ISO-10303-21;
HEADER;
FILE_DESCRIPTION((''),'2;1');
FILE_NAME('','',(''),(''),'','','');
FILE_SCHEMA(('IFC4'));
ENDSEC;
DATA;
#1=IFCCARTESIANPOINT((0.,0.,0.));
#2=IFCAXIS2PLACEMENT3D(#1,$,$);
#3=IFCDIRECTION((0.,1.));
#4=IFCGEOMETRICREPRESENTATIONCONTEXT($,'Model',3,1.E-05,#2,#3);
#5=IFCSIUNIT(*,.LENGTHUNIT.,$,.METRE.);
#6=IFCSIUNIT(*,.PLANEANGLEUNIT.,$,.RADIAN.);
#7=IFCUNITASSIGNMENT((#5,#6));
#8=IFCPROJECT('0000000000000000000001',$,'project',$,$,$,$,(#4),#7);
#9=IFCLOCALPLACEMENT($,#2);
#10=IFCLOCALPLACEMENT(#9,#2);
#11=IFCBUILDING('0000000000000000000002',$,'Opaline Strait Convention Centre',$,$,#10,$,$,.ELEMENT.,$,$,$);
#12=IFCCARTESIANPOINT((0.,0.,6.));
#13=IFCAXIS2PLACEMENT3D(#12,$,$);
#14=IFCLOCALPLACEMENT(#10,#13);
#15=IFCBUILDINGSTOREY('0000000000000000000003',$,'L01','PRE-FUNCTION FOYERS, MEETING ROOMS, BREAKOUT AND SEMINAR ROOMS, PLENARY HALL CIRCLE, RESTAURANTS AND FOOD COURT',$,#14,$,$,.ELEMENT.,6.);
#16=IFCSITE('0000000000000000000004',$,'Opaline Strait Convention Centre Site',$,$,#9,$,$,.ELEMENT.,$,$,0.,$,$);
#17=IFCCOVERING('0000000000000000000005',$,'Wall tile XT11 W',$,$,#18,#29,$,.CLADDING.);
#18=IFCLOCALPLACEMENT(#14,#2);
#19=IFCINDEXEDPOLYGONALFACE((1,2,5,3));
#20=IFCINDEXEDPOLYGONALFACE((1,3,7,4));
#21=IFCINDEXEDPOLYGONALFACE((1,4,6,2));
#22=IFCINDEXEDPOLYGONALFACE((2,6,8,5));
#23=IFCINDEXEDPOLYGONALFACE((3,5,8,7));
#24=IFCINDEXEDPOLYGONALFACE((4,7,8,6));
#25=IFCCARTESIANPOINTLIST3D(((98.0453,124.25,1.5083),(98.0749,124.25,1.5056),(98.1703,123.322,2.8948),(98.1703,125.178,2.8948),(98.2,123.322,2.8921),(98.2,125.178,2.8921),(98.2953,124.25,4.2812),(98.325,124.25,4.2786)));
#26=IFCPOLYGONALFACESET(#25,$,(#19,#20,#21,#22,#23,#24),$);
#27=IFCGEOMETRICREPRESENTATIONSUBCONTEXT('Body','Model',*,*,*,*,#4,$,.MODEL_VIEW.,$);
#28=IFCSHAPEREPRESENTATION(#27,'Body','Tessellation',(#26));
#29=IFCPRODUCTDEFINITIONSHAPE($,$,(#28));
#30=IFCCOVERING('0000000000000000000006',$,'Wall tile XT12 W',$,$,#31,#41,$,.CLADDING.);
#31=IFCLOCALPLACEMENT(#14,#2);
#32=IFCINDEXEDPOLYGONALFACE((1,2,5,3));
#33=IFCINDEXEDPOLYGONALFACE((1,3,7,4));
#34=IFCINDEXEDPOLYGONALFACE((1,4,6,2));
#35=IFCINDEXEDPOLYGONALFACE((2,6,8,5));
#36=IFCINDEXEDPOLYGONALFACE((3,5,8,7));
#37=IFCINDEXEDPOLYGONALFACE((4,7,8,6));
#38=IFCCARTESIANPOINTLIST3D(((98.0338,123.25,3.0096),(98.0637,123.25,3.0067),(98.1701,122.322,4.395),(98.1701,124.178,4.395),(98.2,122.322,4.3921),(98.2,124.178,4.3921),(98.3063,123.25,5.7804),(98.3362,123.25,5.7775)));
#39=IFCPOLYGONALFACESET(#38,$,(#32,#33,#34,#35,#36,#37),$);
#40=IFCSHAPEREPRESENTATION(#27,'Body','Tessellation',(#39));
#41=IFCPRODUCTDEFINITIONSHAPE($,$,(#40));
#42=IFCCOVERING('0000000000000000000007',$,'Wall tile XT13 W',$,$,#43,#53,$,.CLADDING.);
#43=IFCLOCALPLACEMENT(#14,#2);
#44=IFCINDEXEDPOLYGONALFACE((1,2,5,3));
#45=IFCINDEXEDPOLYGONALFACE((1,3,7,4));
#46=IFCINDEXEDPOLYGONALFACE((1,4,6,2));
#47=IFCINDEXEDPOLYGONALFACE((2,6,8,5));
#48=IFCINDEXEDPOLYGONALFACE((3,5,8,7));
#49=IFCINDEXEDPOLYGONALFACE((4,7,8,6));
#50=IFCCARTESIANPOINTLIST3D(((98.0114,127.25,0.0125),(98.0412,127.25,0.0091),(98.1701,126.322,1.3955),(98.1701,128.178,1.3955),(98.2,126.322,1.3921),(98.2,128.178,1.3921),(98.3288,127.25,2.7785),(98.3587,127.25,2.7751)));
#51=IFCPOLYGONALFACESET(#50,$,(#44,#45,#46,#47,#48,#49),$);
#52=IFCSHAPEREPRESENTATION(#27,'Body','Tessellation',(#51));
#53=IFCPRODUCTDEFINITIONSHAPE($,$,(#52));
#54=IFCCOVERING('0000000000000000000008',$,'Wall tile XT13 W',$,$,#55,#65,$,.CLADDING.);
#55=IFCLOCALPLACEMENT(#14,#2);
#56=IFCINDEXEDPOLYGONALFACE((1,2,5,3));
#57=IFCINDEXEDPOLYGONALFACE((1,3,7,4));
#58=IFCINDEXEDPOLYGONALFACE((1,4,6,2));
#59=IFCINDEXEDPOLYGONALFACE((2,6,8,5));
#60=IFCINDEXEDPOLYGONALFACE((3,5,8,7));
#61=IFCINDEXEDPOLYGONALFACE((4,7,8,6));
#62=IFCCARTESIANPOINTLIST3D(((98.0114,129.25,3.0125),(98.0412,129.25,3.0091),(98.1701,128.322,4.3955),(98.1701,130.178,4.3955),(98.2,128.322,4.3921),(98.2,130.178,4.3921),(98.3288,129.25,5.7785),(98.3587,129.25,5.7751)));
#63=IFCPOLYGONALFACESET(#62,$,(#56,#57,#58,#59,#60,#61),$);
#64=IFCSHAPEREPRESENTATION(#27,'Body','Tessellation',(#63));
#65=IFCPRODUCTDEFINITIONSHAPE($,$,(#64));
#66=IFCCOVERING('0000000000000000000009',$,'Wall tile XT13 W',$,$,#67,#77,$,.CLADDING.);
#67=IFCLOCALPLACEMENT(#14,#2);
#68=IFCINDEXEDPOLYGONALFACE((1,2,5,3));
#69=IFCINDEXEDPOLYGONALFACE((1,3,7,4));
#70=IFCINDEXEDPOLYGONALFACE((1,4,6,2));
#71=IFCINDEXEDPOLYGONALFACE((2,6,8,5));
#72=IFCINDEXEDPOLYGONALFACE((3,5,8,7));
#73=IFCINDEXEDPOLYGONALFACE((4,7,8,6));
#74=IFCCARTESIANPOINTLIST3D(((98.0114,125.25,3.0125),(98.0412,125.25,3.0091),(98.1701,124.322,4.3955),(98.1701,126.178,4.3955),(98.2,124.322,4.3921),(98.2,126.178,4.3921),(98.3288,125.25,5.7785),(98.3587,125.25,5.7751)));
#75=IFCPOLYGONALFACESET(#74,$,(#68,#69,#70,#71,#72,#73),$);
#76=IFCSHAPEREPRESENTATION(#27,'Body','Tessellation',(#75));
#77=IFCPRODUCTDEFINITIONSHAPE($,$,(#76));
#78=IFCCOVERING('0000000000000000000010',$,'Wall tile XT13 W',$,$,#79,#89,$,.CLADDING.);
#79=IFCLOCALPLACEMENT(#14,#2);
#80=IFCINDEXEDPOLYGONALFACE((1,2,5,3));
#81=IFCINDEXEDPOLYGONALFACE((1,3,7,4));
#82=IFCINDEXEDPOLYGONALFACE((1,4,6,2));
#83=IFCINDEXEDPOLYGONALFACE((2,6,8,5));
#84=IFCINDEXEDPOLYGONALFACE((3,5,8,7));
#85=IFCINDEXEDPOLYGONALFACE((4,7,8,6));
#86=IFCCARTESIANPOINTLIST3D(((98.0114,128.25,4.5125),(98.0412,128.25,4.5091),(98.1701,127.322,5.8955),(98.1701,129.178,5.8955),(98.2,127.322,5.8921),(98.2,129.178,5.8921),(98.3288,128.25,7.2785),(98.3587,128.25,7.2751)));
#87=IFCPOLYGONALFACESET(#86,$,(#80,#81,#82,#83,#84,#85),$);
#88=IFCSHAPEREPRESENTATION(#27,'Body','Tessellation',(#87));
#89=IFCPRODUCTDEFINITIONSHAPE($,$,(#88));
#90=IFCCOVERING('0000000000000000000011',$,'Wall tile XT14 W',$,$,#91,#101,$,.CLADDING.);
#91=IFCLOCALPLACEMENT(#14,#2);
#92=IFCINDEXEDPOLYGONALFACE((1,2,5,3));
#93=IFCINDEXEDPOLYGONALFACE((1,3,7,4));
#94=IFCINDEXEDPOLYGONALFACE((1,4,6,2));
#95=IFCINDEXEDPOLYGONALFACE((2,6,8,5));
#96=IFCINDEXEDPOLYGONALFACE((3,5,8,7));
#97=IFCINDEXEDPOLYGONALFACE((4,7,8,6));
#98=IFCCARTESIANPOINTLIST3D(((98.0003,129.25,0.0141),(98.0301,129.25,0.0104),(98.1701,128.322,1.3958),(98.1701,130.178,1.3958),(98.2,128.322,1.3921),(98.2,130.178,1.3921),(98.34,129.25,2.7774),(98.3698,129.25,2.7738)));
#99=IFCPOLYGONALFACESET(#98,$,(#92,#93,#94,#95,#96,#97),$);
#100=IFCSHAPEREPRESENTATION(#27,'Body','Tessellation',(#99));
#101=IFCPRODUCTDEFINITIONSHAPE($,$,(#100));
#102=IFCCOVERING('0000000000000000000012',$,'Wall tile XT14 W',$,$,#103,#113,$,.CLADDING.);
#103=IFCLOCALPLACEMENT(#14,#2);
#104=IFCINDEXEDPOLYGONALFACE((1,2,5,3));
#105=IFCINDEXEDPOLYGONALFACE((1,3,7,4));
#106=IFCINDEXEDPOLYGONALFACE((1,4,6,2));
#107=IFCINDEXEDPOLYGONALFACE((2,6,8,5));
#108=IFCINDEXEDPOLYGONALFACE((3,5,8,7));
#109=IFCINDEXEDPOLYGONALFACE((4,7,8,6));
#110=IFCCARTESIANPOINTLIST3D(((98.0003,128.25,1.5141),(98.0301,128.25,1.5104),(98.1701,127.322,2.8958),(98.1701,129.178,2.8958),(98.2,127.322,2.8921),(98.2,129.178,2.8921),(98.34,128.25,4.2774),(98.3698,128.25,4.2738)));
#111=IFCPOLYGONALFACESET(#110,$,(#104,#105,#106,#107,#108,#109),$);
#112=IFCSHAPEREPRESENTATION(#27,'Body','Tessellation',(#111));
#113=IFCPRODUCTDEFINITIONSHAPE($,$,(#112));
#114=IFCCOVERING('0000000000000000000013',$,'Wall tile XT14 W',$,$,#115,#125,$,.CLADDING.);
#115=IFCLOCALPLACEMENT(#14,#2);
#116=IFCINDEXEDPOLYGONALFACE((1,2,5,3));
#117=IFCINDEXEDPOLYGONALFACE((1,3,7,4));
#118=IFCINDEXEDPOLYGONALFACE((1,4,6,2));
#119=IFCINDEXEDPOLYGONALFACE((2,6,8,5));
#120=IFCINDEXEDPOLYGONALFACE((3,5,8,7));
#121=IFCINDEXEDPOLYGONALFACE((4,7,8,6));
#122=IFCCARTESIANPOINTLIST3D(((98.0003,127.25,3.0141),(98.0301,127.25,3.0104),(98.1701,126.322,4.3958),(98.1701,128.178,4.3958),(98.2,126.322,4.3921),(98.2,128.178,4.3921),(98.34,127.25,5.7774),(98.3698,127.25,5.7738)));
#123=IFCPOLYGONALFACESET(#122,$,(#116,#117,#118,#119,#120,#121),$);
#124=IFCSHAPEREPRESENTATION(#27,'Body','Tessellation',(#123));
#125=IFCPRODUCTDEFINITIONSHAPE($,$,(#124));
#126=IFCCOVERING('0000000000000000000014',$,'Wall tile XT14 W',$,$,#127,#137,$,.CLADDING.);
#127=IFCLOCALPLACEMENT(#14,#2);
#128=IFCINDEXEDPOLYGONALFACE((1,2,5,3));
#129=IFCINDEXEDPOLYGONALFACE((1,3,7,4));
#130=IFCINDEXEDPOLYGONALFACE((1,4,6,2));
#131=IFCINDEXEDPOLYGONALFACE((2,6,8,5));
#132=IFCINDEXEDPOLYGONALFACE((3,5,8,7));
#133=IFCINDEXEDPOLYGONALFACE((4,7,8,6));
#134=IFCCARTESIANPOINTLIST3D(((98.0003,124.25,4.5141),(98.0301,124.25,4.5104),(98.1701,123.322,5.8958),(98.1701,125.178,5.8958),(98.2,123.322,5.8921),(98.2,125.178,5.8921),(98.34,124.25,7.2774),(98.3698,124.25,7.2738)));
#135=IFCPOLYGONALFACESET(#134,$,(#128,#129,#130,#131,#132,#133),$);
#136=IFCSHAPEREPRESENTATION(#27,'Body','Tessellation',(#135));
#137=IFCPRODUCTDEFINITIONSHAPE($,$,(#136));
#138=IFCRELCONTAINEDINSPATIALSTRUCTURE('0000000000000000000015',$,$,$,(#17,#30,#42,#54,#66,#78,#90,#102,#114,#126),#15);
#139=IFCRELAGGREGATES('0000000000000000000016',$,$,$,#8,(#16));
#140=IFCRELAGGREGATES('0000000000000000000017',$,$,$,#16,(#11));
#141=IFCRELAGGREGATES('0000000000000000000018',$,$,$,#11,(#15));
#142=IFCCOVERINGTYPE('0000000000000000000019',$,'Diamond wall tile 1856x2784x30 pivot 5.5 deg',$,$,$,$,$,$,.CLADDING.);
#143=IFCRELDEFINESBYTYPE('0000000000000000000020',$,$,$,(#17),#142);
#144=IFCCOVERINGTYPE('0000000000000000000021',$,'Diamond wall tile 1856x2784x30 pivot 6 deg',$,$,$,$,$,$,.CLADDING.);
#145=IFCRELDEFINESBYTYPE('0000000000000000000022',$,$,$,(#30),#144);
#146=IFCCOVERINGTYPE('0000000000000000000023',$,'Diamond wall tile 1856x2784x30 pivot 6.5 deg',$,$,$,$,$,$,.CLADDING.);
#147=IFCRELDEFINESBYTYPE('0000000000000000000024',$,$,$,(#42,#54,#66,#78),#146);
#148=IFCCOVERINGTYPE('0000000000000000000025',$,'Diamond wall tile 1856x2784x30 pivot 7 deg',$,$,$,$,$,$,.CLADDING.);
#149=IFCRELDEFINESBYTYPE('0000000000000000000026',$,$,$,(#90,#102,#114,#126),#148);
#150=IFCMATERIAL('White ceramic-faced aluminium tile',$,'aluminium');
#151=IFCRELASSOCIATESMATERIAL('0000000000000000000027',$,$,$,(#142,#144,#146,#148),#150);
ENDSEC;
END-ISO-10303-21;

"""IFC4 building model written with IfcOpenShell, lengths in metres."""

from ifc_helpers import new_model, si_unit, direction, frame, origin, place, context, subcontext, project, spatial, polyline, outline, extrude, material, material_profile, profile_set, type_object, element, save


model = new_model("IFC4")

# Units and contexts
model_context = context("Model", 3, precision=1e-05, world=origin(), true_north=direction((0.0, 1.0)))
body_context = subcontext(model_context, "Body", "Model", "MODEL_VIEW")
ifc_project = project(units=[si_unit("LENGTHUNIT", "METRE"), si_unit("PLANEANGLEUNIT", "RADIAN")], contexts=[model_context])

# Site, building, storey
site_placement = place(None, origin())
site = spatial("IfcSite", under=ifc_project, at=site_placement, Name="Opaline Strait Convention Centre Site", CompositionType="ELEMENT", RefElevation=0.0)
building_placement = place(site_placement, origin())
building = spatial("IfcBuilding", under=site, at=building_placement, Name="Opaline Strait Convention Centre", CompositionType="ELEMENT")
storey_placement = place(building_placement, frame((0.0, 0.0, 6.0)))
storey = spatial("IfcBuildingStorey", under=building, at=storey_placement, Name="L01", Description="PRE-FUNCTION FOYERS, MEETING ROOMS, BREAKOUT AND SEMINAR ROOMS, PLENARY HALL CIRCLE, RESTAURANTS AND FOOD COURT", CompositionType="ELEMENT", Elevation=6.0)

# Coverings
ifc_material_1 = material(Name="White ceramic-faced aluminium tile", Category="aluminium")
ifc_material_profile_1 = material_profile(ifc_material_1, outline(polyline([(0.928, 0.0), (0.0, 1.3921), (-0.928, 0.0), (0.0, -1.3921), (0.928, 0.0)])), Name="Diamond tile 1856x2784")
ifc_profile_set_1 = profile_set([ifc_material_profile_1], Name="White ceramic-faced aluminium tile")
covering_type_1 = type_object("IfcCoveringType", Name="Diamond wall tile 1856x2784x30 pivot 5.5 deg", PredefinedType="CLADDING", material=ifc_profile_set_1)
covering_1_placement = place(storey_placement, frame((98.2, 124.25, 2.8921), z_axis=(-0.99596, 0.0, 0.0898), x_axis=(0.0, -1.0, 0.0)))
element("IfcCovering", 1, at=covering_1_placement, inside=storey, type_object=covering_type_1, Name="Wall tile XT11 W", PredefinedType="CLADDING", context=body_context, shape_type="SweptSolid", body=[
    extrude(outline(polyline([(0.928, 0.0), (0.0, 1.3921), (-0.928, 0.0), (0.0, -1.3921), (0.928, 0.0)])), origin(), (0.0, 0.0, 1.0), 0.0298),
])
ifc_material_profile_2 = material_profile(ifc_material_1, outline(polyline([(0.928, 0.0), (0.0, 1.3921), (-0.928, 0.0), (0.0, -1.3921), (0.928, 0.0)])), Name="Diamond tile 1856x2784")
ifc_profile_set_2 = profile_set([ifc_material_profile_2], Name="White ceramic-faced aluminium tile")
covering_type_2 = type_object("IfcCoveringType", Name="Diamond wall tile 1856x2784x30 pivot 6 deg", PredefinedType="CLADDING", material=ifc_profile_set_2)
covering_2_placement = place(storey_placement, frame((98.2, 123.25, 4.3921), z_axis=(-0.995197, 0.0, 0.097888), x_axis=(0.0, -1.0, 0.0)))
element("IfcCovering", 2, at=covering_2_placement, inside=storey, type_object=covering_type_2, Name="Wall tile XT12 W", PredefinedType="CLADDING", context=body_context, shape_type="SweptSolid", body=[
    extrude(outline(polyline([(0.928, 0.0), (0.0, 1.3921), (-0.928, 0.0), (0.0, -1.3921), (0.928, 0.0)])), origin(), (0.0, 0.0, 1.0), 0.03),
])
ifc_material_profile_3 = material_profile(ifc_material_1, outline(polyline([(0.928, 0.0), (0.0, 1.3921), (-0.928, 0.0), (0.0, -1.3921), (0.928, 0.0)])), Name="Diamond tile 1856x2784")
ifc_profile_set_3 = profile_set([ifc_material_profile_3], Name="White ceramic-faced aluminium tile")
covering_type_3 = type_object("IfcCoveringType", Name="Diamond wall tile 1856x2784x30 pivot 6.5 deg", PredefinedType="CLADDING", material=ifc_profile_set_3)
for number, where, z_axis, x_axis, name in (
    (3, (98.2, 127.25, 1.3921), (-0.99348, 0.0, 0.114006), (0.0, -1.0, 0.0), "Wall tile XT13 W"),
    (4, (98.2, 129.25, 4.3921), (-0.99348, 0.0, 0.114006), (0.0, -1.0, 0.0), "Wall tile XT13 W"),
    (5, (98.2, 125.25, 4.3921), (-0.99348, 0.0, 0.114006), (0.0, -1.0, 0.0), "Wall tile XT13 W"),
    (6, (98.2, 128.25, 5.8921), (-0.99348, 0.0, 0.114006), (0.0, -1.0, 0.0), "Wall tile XT13 W"),
):
    element("IfcCovering", number, at=place(storey_placement, frame(where, z_axis=z_axis, x_axis=x_axis)), inside=storey, type_object=covering_type_3, Name=name, PredefinedType="CLADDING", context=body_context, shape_type="SweptSolid", body=[
        extrude(outline(polyline([(0.928, 0.0), (0.0, 1.3921), (-0.928, 0.0), (0.0, -1.3921), (0.928, 0.0)])), origin(), (0.0, 0.0, 1.0), 0.03),
    ])
ifc_material_profile_4 = material_profile(ifc_material_1, outline(polyline([(0.928, 0.0), (0.0, 1.3921), (-0.928, 0.0), (0.0, -1.3921), (0.928, 0.0)])), Name="Diamond tile 1856x2784")
ifc_profile_set_4 = profile_set([ifc_material_profile_4], Name="White ceramic-faced aluminium tile")
covering_type_4 = type_object("IfcCoveringType", Name="Diamond wall tile 1856x2784x30 pivot 7 deg", PredefinedType="CLADDING", material=ifc_profile_set_4)
for number, where, z_axis, x_axis, name in (
    (7, (98.2, 129.25, 1.3921), (-0.992526, 0.0, 0.122032), (0.0, -1.0, 0.0), "Wall tile XT14 W"),
    (8, (98.2, 128.25, 2.8921), (-0.992526, 0.0, 0.122032), (0.0, -1.0, 0.0), "Wall tile XT14 W"),
    (9, (98.2, 127.25, 4.3921), (-0.992526, 0.0, 0.122032), (0.0, -1.0, 0.0), "Wall tile XT14 W"),
    (10, (98.2, 124.25, 5.8921), (-0.992526, 0.0, 0.122032), (0.0, -1.0, 0.0), "Wall tile XT14 W"),
):
    element("IfcCovering", number, at=place(storey_placement, frame(where, z_axis=z_axis, x_axis=x_axis)), inside=storey, type_object=covering_type_4, Name=name, PredefinedType="CLADDING", context=body_context, shape_type="SweptSolid", body=[
        extrude(outline(polyline([(0.928, 0.0), (0.0, 1.3921), (-0.928, 0.0), (0.0, -1.3921), (0.928, 0.0)])), origin(), (0.0, 0.0, 1.0), 0.03),
    ])

save(model, "model.ifc")
